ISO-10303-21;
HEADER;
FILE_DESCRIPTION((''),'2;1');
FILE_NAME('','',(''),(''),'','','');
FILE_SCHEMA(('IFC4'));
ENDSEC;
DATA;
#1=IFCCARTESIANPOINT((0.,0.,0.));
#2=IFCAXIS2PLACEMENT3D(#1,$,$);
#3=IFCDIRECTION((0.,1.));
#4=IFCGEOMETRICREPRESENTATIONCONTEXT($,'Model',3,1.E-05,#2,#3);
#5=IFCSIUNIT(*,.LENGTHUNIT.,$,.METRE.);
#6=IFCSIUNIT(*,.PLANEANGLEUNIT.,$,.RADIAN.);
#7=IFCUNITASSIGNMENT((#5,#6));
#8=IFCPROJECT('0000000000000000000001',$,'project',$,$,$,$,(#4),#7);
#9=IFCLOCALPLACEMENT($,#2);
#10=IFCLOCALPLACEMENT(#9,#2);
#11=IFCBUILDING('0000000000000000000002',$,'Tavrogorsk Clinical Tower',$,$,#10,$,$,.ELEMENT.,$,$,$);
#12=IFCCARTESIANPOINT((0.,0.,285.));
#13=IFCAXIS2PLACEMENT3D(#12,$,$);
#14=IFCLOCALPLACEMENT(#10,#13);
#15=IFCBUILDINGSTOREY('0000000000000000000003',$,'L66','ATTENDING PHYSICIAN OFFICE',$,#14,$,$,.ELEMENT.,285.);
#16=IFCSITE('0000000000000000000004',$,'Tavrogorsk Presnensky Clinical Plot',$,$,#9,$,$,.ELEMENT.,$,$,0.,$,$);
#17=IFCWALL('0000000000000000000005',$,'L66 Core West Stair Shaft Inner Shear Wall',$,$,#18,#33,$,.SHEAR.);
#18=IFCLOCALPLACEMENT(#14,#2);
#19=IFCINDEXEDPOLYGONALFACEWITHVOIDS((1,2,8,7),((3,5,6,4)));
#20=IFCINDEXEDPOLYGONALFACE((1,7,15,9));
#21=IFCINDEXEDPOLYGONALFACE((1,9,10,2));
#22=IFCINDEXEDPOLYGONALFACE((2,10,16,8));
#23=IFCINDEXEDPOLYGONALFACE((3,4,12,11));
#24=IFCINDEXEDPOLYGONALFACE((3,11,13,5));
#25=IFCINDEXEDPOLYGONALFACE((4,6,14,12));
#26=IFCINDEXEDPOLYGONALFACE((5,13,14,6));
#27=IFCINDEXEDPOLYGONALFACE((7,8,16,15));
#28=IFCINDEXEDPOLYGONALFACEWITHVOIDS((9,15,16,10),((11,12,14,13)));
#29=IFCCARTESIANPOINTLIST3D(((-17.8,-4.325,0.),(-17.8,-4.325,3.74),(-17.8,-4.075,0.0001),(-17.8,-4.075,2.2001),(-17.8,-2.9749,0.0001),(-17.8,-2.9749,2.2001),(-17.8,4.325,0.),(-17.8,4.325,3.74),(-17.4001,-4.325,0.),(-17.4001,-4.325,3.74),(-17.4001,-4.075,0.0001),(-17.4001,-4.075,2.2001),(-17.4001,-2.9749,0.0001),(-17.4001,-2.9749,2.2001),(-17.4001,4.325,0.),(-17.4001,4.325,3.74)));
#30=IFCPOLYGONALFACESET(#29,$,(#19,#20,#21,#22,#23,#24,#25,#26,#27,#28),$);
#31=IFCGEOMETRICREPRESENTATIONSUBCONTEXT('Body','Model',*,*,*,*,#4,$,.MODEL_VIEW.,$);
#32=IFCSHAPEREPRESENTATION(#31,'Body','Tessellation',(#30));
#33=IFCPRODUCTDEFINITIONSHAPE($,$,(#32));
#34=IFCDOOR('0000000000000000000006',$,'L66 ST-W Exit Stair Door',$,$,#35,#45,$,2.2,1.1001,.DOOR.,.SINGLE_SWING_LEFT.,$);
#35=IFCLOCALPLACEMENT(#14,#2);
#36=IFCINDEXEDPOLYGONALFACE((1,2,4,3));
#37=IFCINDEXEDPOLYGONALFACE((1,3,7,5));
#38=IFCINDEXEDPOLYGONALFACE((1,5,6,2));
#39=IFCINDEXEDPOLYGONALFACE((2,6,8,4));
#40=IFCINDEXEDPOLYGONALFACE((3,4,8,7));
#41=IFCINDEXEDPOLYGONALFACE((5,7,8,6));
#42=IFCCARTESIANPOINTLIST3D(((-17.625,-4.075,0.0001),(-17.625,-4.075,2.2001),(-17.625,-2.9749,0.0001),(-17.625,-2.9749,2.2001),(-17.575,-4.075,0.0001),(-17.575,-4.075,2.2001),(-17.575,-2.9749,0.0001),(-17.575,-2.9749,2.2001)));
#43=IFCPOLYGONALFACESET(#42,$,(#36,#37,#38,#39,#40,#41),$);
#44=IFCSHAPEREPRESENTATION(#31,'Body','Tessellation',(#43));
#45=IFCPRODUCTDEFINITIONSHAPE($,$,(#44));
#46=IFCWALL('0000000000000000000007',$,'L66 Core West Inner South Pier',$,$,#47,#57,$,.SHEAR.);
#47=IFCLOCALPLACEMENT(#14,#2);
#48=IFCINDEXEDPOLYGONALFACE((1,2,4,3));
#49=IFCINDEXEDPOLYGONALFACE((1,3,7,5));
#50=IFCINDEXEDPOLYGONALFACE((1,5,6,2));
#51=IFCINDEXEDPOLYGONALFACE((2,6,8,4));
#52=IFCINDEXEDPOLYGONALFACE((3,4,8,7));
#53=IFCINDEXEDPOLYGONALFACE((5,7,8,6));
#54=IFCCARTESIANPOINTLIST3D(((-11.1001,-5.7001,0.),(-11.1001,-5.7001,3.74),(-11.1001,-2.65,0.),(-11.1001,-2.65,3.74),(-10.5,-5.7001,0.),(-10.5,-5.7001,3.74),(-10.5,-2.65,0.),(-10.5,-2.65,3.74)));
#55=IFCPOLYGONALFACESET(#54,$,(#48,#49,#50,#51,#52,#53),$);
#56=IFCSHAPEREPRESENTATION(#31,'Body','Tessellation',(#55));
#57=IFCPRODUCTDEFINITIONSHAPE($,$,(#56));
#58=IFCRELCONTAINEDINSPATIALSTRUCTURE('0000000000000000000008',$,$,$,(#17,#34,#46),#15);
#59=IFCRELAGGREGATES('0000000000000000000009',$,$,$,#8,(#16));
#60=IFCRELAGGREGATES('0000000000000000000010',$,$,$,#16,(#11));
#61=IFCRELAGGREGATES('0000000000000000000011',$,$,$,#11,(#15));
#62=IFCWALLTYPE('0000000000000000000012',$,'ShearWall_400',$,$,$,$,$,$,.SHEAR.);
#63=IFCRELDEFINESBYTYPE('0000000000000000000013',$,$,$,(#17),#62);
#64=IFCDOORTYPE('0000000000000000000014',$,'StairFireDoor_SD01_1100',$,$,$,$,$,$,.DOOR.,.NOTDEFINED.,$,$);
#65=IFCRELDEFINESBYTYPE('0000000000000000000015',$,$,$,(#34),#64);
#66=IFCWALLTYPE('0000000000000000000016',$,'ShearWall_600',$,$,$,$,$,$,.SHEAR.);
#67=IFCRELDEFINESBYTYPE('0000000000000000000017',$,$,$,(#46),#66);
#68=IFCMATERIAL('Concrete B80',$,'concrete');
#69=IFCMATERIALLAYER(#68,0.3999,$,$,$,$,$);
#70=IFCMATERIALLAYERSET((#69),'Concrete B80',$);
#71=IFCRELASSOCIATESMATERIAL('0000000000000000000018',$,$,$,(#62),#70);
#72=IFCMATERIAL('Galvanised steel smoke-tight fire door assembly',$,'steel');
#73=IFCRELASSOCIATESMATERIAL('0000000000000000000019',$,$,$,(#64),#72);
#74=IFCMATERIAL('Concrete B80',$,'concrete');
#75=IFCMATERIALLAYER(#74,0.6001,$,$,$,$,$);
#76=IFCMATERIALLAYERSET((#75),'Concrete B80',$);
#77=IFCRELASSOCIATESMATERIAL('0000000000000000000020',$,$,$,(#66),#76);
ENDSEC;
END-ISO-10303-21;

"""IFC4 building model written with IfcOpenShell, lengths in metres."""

from ifc_helpers import new_model, si_unit, direction, frame, frame_2d, origin, place, context, subcontext, project, spatial, rectangle, extrude, material, layer, layer_set, type_object, element, fill, save


model = new_model("IFC4")

# Units and contexts
model_context = context("Model", 3, precision=1e-05, world=origin(), true_north=direction((0.0, 1.0)))
body_context = subcontext(model_context, "Body", "Model", "MODEL_VIEW")
ifc_project = project(units=[si_unit("LENGTHUNIT", "METRE"), si_unit("PLANEANGLEUNIT", "RADIAN")], contexts=[model_context])

# Site, building, storey
site_placement = place(None, origin())
site = spatial("IfcSite", under=ifc_project, at=site_placement, Name="Tavrogorsk Presnensky Clinical Plot", CompositionType="ELEMENT", RefElevation=0.0)
building_placement = place(site_placement, origin())
building = spatial("IfcBuilding", under=site, at=building_placement, Name="Tavrogorsk Clinical Tower", CompositionType="ELEMENT")
storey_placement = place(building_placement, frame((0.0, 0.0, 285.0)))
storey = spatial("IfcBuildingStorey", under=building, at=storey_placement, Name="L66", Description="ATTENDING PHYSICIAN OFFICE", CompositionType="ELEMENT", Elevation=285.0)

# Wall, opening, door
ifc_material_1 = material(Name="Concrete B80", Category="concrete")
ifc_layer_1 = layer(ifc_material_1, 0.3999)
ifc_layer_set_1 = layer_set([ifc_layer_1], Name="Concrete B80")
wall_type_1 = type_object("IfcWallType", Name="ShearWall_400", PredefinedType="SHEAR", material=ifc_layer_set_1)
wall_1_placement = place(storey_placement, frame((-17.6001, -4.325, 0.0), z_axis=(0.0, 0.0, 1.0), x_axis=(0.0, 1.0, 0.0)))
wall_1 = element("IfcWall", 1, at=wall_1_placement, inside=storey, type_object=wall_type_1, Name="L66 Core West Stair Shaft Inner Shear Wall", PredefinedType="SHEAR", context=body_context, shape_type="SweptSolid", body=[
    extrude(rectangle(XDim=8.6499, YDim=0.3999, at=frame_2d((4.325, 0.0))), origin(), (0.0, 0.0, 1.0), 3.74),
])
opening_1_placement = place(wall_1_placement, frame((0.25, 0.0, 0.0)))
opening_1 = element("IfcOpeningElement", 2, at=opening_1_placement, cuts=wall_1, PredefinedType="OPENING", context=body_context, shape_type="SweptSolid", body=[
    extrude(rectangle(XDim=1.1001, YDim=2.2, at=frame_2d((0.55, 1.1001))), frame((0.0, 0.21, 0.0), z_axis=(0.0, -1.0, 0.0), x_axis=(1.0, 0.0, 0.0)), (0.0, 0.0, 1.0), 0.4199),
])
ifc_material_2 = material(Name="Galvanised steel smoke-tight fire door assembly", Category="steel")
door_type_1 = type_object("IfcDoorType", Name="StairFireDoor_SD01_1100", OperationType="NOTDEFINED", PredefinedType="DOOR", material=ifc_material_2)
door_1_placement = place(opening_1_placement, origin())
door_1 = element("IfcDoor", 3, at=door_1_placement, inside=storey, type_object=door_type_1, Name="L66 ST-W Exit Stair Door", OperationType="SINGLE_SWING_LEFT", OverallHeight=2.2, OverallWidth=1.1001, PredefinedType="DOOR", context=body_context, shape_type="SweptSolid", body=[
    extrude(rectangle(XDim=1.1001, YDim=2.2, at=frame_2d((0.55, 1.1001))), frame((0.0, 0.0249, 0.0), z_axis=(0.0, -1.0, 0.0), x_axis=(1.0, 0.0, 0.0)), (0.0, 0.0, 1.0), 0.05),
])
fill(opening_1, door_1)

# Wall
ifc_material_3 = material(Name="Concrete B80", Category="concrete")
ifc_layer_2 = layer(ifc_material_3, 0.6001)
ifc_layer_set_2 = layer_set([ifc_layer_2], Name="Concrete B80")
wall_type_2 = type_object("IfcWallType", Name="ShearWall_600", PredefinedType="SHEAR", material=ifc_layer_set_2)
wall_2_placement = place(storey_placement, frame((-10.8, -5.7, 0.0), z_axis=(0.0, 0.0, 1.0), x_axis=(0.0, 1.0, 0.0)))
element("IfcWall", 4, at=wall_2_placement, inside=storey, type_object=wall_type_2, Name="L66 Core West Inner South Pier", PredefinedType="SHEAR", context=body_context, shape_type="SweptSolid", body=[
    extrude(rectangle(XDim=3.05, YDim=0.6001, at=frame_2d((1.5249, 0.0))), origin(), (0.0, 0.0, 1.0), 3.74),
])

save(model, "model.ifc")
